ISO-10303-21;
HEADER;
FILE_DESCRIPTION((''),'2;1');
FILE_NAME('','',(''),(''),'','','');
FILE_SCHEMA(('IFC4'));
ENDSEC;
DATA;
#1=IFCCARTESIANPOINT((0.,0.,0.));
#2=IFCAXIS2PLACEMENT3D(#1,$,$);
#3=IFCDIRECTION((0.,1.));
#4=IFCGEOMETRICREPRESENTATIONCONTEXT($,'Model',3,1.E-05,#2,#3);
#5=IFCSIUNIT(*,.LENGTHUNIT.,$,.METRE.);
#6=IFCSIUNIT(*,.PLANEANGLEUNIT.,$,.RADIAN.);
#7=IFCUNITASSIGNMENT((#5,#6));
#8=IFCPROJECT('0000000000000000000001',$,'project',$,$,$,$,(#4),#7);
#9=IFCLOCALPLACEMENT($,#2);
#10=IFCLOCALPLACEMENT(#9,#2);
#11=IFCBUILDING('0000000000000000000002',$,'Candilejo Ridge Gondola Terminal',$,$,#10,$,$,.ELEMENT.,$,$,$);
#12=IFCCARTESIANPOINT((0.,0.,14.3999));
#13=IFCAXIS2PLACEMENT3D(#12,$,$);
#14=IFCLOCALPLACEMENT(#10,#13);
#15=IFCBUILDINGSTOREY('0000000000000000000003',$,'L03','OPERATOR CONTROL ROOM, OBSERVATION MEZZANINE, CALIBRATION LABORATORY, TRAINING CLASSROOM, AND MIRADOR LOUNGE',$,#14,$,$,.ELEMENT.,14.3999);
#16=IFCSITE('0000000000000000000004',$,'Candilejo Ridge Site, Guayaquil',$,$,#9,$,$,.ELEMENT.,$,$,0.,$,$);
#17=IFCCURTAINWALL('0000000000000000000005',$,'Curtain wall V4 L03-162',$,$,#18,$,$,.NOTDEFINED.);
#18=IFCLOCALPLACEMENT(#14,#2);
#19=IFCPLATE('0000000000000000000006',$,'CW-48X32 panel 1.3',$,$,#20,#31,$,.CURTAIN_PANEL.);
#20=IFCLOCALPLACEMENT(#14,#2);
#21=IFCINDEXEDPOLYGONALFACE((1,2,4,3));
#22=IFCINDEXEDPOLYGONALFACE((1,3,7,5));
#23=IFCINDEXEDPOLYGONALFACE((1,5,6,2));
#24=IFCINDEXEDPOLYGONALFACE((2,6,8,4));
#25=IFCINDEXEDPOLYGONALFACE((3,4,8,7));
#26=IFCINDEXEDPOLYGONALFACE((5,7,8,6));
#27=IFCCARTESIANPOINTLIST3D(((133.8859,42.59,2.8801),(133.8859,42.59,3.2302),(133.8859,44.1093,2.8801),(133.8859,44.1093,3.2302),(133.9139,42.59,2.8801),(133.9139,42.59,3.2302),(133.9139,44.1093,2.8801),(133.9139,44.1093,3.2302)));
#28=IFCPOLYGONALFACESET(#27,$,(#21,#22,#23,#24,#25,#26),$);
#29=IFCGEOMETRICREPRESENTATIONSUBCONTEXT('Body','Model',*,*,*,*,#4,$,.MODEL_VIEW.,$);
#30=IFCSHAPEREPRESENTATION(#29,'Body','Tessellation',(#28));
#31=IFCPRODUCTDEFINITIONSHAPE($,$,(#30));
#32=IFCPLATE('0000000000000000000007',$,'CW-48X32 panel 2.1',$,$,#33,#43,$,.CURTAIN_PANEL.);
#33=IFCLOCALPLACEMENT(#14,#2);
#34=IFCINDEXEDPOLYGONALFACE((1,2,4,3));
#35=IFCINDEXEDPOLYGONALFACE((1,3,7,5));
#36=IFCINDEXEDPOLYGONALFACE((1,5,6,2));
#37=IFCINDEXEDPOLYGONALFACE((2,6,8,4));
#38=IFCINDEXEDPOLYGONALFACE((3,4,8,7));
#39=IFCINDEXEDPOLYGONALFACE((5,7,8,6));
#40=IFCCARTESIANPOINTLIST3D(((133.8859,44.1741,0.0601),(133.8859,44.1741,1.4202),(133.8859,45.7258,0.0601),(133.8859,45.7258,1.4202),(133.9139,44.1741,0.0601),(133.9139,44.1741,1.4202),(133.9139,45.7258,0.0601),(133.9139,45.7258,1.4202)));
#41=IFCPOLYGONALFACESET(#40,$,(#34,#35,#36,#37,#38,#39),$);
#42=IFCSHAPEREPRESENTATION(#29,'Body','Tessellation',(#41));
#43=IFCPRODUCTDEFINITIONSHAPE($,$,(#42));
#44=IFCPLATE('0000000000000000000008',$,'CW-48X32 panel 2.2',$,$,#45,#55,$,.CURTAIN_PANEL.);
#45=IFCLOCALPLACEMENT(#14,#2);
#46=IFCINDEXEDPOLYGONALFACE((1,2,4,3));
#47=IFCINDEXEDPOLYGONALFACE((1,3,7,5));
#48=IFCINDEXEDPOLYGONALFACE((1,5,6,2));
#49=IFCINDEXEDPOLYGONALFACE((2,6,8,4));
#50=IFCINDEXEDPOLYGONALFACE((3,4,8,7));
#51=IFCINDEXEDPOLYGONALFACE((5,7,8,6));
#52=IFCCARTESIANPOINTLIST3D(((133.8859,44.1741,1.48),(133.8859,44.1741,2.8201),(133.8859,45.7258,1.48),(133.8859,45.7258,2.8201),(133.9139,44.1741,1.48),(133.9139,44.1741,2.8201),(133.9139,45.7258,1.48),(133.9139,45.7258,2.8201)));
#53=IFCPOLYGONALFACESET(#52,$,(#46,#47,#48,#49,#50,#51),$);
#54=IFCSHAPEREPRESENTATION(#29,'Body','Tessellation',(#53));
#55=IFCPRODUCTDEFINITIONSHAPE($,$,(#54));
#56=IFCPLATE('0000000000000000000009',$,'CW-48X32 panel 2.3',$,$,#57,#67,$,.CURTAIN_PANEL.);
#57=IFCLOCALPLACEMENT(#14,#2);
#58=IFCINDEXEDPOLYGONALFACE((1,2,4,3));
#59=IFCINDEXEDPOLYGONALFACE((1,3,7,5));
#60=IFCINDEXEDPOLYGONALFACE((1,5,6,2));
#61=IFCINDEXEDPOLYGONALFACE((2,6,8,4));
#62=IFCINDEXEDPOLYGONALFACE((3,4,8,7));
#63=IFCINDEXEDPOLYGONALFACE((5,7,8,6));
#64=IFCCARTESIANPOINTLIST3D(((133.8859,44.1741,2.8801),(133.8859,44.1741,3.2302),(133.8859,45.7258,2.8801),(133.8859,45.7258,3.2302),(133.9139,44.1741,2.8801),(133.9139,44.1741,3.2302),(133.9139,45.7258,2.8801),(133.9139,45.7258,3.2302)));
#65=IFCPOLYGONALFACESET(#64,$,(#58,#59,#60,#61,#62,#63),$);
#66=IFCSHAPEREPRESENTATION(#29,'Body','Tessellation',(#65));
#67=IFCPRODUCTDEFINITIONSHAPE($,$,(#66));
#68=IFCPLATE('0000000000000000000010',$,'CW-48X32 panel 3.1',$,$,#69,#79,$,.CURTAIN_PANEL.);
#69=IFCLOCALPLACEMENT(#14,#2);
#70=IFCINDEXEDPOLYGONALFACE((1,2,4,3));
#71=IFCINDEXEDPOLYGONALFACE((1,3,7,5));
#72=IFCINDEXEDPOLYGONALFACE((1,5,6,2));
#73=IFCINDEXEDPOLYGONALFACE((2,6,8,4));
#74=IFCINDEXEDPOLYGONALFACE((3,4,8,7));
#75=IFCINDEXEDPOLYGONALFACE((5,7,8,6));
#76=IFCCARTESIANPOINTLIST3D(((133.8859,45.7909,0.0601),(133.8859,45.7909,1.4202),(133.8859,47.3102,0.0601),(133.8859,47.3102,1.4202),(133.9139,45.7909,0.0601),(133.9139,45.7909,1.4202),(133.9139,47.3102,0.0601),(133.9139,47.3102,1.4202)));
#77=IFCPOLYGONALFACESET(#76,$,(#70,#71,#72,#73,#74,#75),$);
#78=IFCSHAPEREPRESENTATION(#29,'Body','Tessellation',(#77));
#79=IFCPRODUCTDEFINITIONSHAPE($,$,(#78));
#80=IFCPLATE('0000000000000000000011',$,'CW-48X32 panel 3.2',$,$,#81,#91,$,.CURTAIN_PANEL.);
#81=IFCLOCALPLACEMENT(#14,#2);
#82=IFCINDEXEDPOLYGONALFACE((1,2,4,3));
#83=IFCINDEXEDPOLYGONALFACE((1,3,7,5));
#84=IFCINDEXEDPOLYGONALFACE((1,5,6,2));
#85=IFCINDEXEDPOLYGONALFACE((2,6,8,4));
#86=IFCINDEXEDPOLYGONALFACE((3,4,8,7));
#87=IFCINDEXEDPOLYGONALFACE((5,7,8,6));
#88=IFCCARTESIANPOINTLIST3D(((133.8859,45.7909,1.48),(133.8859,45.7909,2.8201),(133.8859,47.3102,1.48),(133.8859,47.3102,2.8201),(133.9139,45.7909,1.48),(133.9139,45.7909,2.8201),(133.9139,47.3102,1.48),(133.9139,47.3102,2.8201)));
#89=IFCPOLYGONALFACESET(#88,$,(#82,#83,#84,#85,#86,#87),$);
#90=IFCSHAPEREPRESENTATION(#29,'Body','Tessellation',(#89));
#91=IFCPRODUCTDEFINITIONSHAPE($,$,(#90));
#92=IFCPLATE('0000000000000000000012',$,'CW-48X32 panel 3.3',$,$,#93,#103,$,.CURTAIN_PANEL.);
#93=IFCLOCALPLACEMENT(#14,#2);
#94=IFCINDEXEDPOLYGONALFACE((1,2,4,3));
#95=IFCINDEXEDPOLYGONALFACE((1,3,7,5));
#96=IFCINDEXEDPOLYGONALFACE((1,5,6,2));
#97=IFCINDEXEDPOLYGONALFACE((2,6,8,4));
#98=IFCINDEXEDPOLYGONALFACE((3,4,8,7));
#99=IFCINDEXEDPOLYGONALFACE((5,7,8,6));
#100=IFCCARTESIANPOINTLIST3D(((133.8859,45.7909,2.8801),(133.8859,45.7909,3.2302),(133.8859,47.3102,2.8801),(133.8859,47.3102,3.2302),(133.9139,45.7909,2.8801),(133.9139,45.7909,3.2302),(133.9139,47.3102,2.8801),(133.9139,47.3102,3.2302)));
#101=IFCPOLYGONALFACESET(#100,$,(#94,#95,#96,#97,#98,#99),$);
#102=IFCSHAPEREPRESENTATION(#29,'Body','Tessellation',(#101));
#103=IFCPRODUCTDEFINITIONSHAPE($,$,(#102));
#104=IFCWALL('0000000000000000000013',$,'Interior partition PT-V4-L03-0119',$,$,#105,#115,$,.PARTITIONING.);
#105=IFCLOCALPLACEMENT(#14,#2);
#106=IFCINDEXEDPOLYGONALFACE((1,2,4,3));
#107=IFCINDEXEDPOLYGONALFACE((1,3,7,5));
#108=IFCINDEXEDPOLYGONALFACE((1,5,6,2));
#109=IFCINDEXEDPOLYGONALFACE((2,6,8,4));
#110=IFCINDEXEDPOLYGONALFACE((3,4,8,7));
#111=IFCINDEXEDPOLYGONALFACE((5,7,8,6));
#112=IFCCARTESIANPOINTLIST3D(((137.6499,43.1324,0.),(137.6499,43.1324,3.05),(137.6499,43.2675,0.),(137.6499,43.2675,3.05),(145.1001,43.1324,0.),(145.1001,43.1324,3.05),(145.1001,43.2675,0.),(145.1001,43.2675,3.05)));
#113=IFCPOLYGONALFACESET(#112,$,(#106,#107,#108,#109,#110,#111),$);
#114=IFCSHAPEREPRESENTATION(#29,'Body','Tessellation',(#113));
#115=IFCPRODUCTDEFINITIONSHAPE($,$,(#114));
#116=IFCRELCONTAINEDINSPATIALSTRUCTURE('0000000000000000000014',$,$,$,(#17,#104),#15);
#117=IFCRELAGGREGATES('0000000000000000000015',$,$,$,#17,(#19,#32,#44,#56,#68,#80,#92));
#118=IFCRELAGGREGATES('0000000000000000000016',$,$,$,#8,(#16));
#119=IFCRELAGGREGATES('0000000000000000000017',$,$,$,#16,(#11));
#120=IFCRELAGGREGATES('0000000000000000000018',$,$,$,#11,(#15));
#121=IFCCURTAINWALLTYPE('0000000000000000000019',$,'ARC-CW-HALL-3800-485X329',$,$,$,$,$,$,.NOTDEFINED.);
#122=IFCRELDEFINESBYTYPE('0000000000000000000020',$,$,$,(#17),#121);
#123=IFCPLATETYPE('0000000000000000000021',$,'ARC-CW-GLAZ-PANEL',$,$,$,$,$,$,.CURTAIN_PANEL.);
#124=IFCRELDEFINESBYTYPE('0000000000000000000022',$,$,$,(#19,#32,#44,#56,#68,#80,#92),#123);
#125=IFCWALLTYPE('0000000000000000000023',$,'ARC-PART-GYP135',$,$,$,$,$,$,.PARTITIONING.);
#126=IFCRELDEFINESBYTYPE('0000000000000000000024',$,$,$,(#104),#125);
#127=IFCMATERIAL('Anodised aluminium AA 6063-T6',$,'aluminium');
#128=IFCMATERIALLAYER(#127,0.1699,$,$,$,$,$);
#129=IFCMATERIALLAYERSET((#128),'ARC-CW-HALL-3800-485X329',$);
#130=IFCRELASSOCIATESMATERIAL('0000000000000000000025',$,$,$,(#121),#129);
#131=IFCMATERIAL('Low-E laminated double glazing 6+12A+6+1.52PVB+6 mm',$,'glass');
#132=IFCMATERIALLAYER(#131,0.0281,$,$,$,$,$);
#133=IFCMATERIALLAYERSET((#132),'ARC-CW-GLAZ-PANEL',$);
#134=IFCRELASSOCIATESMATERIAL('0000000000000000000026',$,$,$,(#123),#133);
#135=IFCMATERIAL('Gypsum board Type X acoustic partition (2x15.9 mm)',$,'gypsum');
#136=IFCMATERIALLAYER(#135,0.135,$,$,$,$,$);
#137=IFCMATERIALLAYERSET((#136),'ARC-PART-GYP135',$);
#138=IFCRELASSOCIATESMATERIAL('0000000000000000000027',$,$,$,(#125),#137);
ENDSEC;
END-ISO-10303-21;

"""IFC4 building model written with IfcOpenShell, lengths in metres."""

from ifc_helpers import new_model, si_unit, direction, frame, frame_2d, origin, origin_2d, place, context, subcontext, project, spatial, rectangle, extrude, material, layer, layer_set, type_object, element, aggregate, save


model = new_model("IFC4")

# Units and contexts
model_context = context("Model", 3, precision=1e-05, world=origin(), true_north=direction((0.0, 1.0)))
body_context = subcontext(model_context, "Body", "Model", "MODEL_VIEW")
ifc_project = project(units=[si_unit("LENGTHUNIT", "METRE"), si_unit("PLANEANGLEUNIT", "RADIAN")], contexts=[model_context])

# Site, building, storey
site_placement = place(None, origin())
site = spatial("IfcSite", under=ifc_project, at=site_placement, Name="Candilejo Ridge Site, Guayaquil", CompositionType="ELEMENT", RefElevation=0.0)
building_placement = place(site_placement, origin())
building = spatial("IfcBuilding", under=site, at=building_placement, Name="Candilejo Ridge Gondola Terminal", CompositionType="ELEMENT")
storey_placement = place(building_placement, frame((0.0, 0.0, 14.3999)))
storey = spatial("IfcBuildingStorey", under=building, at=storey_placement, Name="L03", Description="OPERATOR CONTROL ROOM, OBSERVATION MEZZANINE, CALIBRATION LABORATORY, TRAINING CLASSROOM, AND MIRADOR LOUNGE", CompositionType="ELEMENT", Elevation=14.3999)

# Curtain wall
ifc_material_1 = material(Name="Anodised aluminium AA 6063-T6", Category="aluminium")
ifc_layer_1 = layer(ifc_material_1, 0.1699)
ifc_layer_set_1 = layer_set([ifc_layer_1], Name="ARC-CW-HALL-3800-485X329")
curtain_wall_type_1 = type_object("IfcCurtainWallType", Name="ARC-CW-HALL-3800-485X329", PredefinedType="NOTDEFINED", material=ifc_layer_set_1)
curtain_wall_1_placement = place(storey_placement, origin())
curtain_wall_1 = element("IfcCurtainWall", 1, at=curtain_wall_1_placement, inside=storey, type_object=curtain_wall_type_1, Name="Curtain wall V4 L03-162", PredefinedType="NOTDEFINED")

# Plates
ifc_material_2 = material(Name="Low-E laminated double glazing 6+12A+6+1.52PVB+6 mm", Category="glass")
ifc_layer_2 = layer(ifc_material_2, 0.0281)
ifc_layer_set_2 = layer_set([ifc_layer_2], Name="ARC-CW-GLAZ-PANEL")
plate_type = type_object("IfcPlateType", Name="ARC-CW-GLAZ-PANEL", PredefinedType="CURTAIN_PANEL", material=ifc_layer_set_2)
plate_1_placement = place(storey_placement, frame((133.8999, 43.3496, 2.8801), z_axis=(0.0, 0.0, 1.0), x_axis=(0.0, 1.0, 0.0)))
plate_1 = element("IfcPlate", 2, at=plate_1_placement, type_object=plate_type, Name="CW-48X32 panel 1.3", PredefinedType="CURTAIN_PANEL", context=body_context, shape_type="SweptSolid", body=[
    extrude(rectangle(XDim=1.5193, YDim=0.0281, at=origin_2d()), origin(), (0.0, 0.0, 1.0), 0.3501),
])
plate_2_placement = place(storey_placement, frame((133.8999, 44.95, 0.0601), z_axis=(0.0, 0.0, 1.0), x_axis=(0.0, 1.0, 0.0)))
plate_2 = element("IfcPlate", 3, at=plate_2_placement, type_object=plate_type, Name="CW-48X32 panel 2.1", PredefinedType="CURTAIN_PANEL", context=body_context, shape_type="SweptSolid", body=[
    extrude(rectangle(XDim=1.5518, YDim=0.0281, at=origin_2d()), origin(), (0.0, 0.0, 1.0), 1.3601),
])
plate_3_placement = place(storey_placement, frame((133.8999, 44.95, 1.48), z_axis=(0.0, 0.0, 1.0), x_axis=(0.0, 1.0, 0.0)))
plate_3 = element("IfcPlate", 4, at=plate_3_placement, type_object=plate_type, Name="CW-48X32 panel 2.2", PredefinedType="CURTAIN_PANEL", context=body_context, shape_type="SweptSolid", body=[
    extrude(rectangle(XDim=1.5518, YDim=0.0281, at=origin_2d()), origin(), (0.0, 0.0, 1.0), 1.3401),
])
plate_4_placement = place(storey_placement, frame((133.8999, 44.95, 2.8801), z_axis=(0.0, 0.0, 1.0), x_axis=(0.0, 1.0, 0.0)))
plate_4 = element("IfcPlate", 5, at=plate_4_placement, type_object=plate_type, Name="CW-48X32 panel 2.3", PredefinedType="CURTAIN_PANEL", context=body_context, shape_type="SweptSolid", body=[
    extrude(rectangle(XDim=1.5518, YDim=0.0281, at=origin_2d()), origin(), (0.0, 0.0, 1.0), 0.3501),
])
plate_5_placement = place(storey_placement, frame((133.8999, 46.5505, 0.0601), z_axis=(0.0, 0.0, 1.0), x_axis=(0.0, 1.0, 0.0)))
plate_5 = element("IfcPlate", 6, at=plate_5_placement, type_object=plate_type, Name="CW-48X32 panel 3.1", PredefinedType="CURTAIN_PANEL", context=body_context, shape_type="SweptSolid", body=[
    extrude(rectangle(XDim=1.5193, YDim=0.0281, at=origin_2d()), origin(), (0.0, 0.0, 1.0), 1.3601),
])
plate_6_placement = place(storey_placement, frame((133.8999, 46.5505, 1.48), z_axis=(0.0, 0.0, 1.0), x_axis=(0.0, 1.0, 0.0)))
plate_6 = element("IfcPlate", 7, at=plate_6_placement, type_object=plate_type, Name="CW-48X32 panel 3.2", PredefinedType="CURTAIN_PANEL", context=body_context, shape_type="SweptSolid", body=[
    extrude(rectangle(XDim=1.5193, YDim=0.0281, at=origin_2d()), origin(), (0.0, 0.0, 1.0), 1.3401),
])
plate_7_placement = place(storey_placement, frame((133.8999, 46.5505, 2.8801), z_axis=(0.0, 0.0, 1.0), x_axis=(0.0, 1.0, 0.0)))
plate_7 = element("IfcPlate", 8, at=plate_7_placement, type_object=plate_type, Name="CW-48X32 panel 3.3", PredefinedType="CURTAIN_PANEL", context=body_context, shape_type="SweptSolid", body=[
    extrude(rectangle(XDim=1.5193, YDim=0.0281, at=origin_2d()), origin(), (0.0, 0.0, 1.0), 0.3501),
])
aggregate(curtain_wall_1, [plate_1, plate_2, plate_3, plate_4, plate_5, plate_6, plate_7])

# Wall
ifc_material_3 = material(Name="Gypsum board Type X acoustic partition (2x15.9 mm)", Category="gypsum")
ifc_layer_3 = layer(ifc_material_3, 0.135)
ifc_layer_set_3 = layer_set([ifc_layer_3], Name="ARC-PART-GYP135")
wall_type = type_object("IfcWallType", Name="ARC-PART-GYP135", PredefinedType="PARTITIONING", material=ifc_layer_set_3)
wall_placement = place(storey_placement, frame((137.6499, 43.2, 0.0), z_axis=(0.0, 0.0, 1.0), x_axis=(1.0, 0.0, 0.0)))
element("IfcWall", 9, at=wall_placement, inside=storey, type_object=wall_type, Name="Interior partition PT-V4-L03-0119", PredefinedType="PARTITIONING", context=body_context, shape_type="SweptSolid", body=[
    extrude(rectangle(XDim=7.4502, YDim=0.135, at=frame_2d((3.7251, 0.0))), origin(), (0.0, 0.0, 1.0), 3.05),
])

save(model, "model.ifc")
